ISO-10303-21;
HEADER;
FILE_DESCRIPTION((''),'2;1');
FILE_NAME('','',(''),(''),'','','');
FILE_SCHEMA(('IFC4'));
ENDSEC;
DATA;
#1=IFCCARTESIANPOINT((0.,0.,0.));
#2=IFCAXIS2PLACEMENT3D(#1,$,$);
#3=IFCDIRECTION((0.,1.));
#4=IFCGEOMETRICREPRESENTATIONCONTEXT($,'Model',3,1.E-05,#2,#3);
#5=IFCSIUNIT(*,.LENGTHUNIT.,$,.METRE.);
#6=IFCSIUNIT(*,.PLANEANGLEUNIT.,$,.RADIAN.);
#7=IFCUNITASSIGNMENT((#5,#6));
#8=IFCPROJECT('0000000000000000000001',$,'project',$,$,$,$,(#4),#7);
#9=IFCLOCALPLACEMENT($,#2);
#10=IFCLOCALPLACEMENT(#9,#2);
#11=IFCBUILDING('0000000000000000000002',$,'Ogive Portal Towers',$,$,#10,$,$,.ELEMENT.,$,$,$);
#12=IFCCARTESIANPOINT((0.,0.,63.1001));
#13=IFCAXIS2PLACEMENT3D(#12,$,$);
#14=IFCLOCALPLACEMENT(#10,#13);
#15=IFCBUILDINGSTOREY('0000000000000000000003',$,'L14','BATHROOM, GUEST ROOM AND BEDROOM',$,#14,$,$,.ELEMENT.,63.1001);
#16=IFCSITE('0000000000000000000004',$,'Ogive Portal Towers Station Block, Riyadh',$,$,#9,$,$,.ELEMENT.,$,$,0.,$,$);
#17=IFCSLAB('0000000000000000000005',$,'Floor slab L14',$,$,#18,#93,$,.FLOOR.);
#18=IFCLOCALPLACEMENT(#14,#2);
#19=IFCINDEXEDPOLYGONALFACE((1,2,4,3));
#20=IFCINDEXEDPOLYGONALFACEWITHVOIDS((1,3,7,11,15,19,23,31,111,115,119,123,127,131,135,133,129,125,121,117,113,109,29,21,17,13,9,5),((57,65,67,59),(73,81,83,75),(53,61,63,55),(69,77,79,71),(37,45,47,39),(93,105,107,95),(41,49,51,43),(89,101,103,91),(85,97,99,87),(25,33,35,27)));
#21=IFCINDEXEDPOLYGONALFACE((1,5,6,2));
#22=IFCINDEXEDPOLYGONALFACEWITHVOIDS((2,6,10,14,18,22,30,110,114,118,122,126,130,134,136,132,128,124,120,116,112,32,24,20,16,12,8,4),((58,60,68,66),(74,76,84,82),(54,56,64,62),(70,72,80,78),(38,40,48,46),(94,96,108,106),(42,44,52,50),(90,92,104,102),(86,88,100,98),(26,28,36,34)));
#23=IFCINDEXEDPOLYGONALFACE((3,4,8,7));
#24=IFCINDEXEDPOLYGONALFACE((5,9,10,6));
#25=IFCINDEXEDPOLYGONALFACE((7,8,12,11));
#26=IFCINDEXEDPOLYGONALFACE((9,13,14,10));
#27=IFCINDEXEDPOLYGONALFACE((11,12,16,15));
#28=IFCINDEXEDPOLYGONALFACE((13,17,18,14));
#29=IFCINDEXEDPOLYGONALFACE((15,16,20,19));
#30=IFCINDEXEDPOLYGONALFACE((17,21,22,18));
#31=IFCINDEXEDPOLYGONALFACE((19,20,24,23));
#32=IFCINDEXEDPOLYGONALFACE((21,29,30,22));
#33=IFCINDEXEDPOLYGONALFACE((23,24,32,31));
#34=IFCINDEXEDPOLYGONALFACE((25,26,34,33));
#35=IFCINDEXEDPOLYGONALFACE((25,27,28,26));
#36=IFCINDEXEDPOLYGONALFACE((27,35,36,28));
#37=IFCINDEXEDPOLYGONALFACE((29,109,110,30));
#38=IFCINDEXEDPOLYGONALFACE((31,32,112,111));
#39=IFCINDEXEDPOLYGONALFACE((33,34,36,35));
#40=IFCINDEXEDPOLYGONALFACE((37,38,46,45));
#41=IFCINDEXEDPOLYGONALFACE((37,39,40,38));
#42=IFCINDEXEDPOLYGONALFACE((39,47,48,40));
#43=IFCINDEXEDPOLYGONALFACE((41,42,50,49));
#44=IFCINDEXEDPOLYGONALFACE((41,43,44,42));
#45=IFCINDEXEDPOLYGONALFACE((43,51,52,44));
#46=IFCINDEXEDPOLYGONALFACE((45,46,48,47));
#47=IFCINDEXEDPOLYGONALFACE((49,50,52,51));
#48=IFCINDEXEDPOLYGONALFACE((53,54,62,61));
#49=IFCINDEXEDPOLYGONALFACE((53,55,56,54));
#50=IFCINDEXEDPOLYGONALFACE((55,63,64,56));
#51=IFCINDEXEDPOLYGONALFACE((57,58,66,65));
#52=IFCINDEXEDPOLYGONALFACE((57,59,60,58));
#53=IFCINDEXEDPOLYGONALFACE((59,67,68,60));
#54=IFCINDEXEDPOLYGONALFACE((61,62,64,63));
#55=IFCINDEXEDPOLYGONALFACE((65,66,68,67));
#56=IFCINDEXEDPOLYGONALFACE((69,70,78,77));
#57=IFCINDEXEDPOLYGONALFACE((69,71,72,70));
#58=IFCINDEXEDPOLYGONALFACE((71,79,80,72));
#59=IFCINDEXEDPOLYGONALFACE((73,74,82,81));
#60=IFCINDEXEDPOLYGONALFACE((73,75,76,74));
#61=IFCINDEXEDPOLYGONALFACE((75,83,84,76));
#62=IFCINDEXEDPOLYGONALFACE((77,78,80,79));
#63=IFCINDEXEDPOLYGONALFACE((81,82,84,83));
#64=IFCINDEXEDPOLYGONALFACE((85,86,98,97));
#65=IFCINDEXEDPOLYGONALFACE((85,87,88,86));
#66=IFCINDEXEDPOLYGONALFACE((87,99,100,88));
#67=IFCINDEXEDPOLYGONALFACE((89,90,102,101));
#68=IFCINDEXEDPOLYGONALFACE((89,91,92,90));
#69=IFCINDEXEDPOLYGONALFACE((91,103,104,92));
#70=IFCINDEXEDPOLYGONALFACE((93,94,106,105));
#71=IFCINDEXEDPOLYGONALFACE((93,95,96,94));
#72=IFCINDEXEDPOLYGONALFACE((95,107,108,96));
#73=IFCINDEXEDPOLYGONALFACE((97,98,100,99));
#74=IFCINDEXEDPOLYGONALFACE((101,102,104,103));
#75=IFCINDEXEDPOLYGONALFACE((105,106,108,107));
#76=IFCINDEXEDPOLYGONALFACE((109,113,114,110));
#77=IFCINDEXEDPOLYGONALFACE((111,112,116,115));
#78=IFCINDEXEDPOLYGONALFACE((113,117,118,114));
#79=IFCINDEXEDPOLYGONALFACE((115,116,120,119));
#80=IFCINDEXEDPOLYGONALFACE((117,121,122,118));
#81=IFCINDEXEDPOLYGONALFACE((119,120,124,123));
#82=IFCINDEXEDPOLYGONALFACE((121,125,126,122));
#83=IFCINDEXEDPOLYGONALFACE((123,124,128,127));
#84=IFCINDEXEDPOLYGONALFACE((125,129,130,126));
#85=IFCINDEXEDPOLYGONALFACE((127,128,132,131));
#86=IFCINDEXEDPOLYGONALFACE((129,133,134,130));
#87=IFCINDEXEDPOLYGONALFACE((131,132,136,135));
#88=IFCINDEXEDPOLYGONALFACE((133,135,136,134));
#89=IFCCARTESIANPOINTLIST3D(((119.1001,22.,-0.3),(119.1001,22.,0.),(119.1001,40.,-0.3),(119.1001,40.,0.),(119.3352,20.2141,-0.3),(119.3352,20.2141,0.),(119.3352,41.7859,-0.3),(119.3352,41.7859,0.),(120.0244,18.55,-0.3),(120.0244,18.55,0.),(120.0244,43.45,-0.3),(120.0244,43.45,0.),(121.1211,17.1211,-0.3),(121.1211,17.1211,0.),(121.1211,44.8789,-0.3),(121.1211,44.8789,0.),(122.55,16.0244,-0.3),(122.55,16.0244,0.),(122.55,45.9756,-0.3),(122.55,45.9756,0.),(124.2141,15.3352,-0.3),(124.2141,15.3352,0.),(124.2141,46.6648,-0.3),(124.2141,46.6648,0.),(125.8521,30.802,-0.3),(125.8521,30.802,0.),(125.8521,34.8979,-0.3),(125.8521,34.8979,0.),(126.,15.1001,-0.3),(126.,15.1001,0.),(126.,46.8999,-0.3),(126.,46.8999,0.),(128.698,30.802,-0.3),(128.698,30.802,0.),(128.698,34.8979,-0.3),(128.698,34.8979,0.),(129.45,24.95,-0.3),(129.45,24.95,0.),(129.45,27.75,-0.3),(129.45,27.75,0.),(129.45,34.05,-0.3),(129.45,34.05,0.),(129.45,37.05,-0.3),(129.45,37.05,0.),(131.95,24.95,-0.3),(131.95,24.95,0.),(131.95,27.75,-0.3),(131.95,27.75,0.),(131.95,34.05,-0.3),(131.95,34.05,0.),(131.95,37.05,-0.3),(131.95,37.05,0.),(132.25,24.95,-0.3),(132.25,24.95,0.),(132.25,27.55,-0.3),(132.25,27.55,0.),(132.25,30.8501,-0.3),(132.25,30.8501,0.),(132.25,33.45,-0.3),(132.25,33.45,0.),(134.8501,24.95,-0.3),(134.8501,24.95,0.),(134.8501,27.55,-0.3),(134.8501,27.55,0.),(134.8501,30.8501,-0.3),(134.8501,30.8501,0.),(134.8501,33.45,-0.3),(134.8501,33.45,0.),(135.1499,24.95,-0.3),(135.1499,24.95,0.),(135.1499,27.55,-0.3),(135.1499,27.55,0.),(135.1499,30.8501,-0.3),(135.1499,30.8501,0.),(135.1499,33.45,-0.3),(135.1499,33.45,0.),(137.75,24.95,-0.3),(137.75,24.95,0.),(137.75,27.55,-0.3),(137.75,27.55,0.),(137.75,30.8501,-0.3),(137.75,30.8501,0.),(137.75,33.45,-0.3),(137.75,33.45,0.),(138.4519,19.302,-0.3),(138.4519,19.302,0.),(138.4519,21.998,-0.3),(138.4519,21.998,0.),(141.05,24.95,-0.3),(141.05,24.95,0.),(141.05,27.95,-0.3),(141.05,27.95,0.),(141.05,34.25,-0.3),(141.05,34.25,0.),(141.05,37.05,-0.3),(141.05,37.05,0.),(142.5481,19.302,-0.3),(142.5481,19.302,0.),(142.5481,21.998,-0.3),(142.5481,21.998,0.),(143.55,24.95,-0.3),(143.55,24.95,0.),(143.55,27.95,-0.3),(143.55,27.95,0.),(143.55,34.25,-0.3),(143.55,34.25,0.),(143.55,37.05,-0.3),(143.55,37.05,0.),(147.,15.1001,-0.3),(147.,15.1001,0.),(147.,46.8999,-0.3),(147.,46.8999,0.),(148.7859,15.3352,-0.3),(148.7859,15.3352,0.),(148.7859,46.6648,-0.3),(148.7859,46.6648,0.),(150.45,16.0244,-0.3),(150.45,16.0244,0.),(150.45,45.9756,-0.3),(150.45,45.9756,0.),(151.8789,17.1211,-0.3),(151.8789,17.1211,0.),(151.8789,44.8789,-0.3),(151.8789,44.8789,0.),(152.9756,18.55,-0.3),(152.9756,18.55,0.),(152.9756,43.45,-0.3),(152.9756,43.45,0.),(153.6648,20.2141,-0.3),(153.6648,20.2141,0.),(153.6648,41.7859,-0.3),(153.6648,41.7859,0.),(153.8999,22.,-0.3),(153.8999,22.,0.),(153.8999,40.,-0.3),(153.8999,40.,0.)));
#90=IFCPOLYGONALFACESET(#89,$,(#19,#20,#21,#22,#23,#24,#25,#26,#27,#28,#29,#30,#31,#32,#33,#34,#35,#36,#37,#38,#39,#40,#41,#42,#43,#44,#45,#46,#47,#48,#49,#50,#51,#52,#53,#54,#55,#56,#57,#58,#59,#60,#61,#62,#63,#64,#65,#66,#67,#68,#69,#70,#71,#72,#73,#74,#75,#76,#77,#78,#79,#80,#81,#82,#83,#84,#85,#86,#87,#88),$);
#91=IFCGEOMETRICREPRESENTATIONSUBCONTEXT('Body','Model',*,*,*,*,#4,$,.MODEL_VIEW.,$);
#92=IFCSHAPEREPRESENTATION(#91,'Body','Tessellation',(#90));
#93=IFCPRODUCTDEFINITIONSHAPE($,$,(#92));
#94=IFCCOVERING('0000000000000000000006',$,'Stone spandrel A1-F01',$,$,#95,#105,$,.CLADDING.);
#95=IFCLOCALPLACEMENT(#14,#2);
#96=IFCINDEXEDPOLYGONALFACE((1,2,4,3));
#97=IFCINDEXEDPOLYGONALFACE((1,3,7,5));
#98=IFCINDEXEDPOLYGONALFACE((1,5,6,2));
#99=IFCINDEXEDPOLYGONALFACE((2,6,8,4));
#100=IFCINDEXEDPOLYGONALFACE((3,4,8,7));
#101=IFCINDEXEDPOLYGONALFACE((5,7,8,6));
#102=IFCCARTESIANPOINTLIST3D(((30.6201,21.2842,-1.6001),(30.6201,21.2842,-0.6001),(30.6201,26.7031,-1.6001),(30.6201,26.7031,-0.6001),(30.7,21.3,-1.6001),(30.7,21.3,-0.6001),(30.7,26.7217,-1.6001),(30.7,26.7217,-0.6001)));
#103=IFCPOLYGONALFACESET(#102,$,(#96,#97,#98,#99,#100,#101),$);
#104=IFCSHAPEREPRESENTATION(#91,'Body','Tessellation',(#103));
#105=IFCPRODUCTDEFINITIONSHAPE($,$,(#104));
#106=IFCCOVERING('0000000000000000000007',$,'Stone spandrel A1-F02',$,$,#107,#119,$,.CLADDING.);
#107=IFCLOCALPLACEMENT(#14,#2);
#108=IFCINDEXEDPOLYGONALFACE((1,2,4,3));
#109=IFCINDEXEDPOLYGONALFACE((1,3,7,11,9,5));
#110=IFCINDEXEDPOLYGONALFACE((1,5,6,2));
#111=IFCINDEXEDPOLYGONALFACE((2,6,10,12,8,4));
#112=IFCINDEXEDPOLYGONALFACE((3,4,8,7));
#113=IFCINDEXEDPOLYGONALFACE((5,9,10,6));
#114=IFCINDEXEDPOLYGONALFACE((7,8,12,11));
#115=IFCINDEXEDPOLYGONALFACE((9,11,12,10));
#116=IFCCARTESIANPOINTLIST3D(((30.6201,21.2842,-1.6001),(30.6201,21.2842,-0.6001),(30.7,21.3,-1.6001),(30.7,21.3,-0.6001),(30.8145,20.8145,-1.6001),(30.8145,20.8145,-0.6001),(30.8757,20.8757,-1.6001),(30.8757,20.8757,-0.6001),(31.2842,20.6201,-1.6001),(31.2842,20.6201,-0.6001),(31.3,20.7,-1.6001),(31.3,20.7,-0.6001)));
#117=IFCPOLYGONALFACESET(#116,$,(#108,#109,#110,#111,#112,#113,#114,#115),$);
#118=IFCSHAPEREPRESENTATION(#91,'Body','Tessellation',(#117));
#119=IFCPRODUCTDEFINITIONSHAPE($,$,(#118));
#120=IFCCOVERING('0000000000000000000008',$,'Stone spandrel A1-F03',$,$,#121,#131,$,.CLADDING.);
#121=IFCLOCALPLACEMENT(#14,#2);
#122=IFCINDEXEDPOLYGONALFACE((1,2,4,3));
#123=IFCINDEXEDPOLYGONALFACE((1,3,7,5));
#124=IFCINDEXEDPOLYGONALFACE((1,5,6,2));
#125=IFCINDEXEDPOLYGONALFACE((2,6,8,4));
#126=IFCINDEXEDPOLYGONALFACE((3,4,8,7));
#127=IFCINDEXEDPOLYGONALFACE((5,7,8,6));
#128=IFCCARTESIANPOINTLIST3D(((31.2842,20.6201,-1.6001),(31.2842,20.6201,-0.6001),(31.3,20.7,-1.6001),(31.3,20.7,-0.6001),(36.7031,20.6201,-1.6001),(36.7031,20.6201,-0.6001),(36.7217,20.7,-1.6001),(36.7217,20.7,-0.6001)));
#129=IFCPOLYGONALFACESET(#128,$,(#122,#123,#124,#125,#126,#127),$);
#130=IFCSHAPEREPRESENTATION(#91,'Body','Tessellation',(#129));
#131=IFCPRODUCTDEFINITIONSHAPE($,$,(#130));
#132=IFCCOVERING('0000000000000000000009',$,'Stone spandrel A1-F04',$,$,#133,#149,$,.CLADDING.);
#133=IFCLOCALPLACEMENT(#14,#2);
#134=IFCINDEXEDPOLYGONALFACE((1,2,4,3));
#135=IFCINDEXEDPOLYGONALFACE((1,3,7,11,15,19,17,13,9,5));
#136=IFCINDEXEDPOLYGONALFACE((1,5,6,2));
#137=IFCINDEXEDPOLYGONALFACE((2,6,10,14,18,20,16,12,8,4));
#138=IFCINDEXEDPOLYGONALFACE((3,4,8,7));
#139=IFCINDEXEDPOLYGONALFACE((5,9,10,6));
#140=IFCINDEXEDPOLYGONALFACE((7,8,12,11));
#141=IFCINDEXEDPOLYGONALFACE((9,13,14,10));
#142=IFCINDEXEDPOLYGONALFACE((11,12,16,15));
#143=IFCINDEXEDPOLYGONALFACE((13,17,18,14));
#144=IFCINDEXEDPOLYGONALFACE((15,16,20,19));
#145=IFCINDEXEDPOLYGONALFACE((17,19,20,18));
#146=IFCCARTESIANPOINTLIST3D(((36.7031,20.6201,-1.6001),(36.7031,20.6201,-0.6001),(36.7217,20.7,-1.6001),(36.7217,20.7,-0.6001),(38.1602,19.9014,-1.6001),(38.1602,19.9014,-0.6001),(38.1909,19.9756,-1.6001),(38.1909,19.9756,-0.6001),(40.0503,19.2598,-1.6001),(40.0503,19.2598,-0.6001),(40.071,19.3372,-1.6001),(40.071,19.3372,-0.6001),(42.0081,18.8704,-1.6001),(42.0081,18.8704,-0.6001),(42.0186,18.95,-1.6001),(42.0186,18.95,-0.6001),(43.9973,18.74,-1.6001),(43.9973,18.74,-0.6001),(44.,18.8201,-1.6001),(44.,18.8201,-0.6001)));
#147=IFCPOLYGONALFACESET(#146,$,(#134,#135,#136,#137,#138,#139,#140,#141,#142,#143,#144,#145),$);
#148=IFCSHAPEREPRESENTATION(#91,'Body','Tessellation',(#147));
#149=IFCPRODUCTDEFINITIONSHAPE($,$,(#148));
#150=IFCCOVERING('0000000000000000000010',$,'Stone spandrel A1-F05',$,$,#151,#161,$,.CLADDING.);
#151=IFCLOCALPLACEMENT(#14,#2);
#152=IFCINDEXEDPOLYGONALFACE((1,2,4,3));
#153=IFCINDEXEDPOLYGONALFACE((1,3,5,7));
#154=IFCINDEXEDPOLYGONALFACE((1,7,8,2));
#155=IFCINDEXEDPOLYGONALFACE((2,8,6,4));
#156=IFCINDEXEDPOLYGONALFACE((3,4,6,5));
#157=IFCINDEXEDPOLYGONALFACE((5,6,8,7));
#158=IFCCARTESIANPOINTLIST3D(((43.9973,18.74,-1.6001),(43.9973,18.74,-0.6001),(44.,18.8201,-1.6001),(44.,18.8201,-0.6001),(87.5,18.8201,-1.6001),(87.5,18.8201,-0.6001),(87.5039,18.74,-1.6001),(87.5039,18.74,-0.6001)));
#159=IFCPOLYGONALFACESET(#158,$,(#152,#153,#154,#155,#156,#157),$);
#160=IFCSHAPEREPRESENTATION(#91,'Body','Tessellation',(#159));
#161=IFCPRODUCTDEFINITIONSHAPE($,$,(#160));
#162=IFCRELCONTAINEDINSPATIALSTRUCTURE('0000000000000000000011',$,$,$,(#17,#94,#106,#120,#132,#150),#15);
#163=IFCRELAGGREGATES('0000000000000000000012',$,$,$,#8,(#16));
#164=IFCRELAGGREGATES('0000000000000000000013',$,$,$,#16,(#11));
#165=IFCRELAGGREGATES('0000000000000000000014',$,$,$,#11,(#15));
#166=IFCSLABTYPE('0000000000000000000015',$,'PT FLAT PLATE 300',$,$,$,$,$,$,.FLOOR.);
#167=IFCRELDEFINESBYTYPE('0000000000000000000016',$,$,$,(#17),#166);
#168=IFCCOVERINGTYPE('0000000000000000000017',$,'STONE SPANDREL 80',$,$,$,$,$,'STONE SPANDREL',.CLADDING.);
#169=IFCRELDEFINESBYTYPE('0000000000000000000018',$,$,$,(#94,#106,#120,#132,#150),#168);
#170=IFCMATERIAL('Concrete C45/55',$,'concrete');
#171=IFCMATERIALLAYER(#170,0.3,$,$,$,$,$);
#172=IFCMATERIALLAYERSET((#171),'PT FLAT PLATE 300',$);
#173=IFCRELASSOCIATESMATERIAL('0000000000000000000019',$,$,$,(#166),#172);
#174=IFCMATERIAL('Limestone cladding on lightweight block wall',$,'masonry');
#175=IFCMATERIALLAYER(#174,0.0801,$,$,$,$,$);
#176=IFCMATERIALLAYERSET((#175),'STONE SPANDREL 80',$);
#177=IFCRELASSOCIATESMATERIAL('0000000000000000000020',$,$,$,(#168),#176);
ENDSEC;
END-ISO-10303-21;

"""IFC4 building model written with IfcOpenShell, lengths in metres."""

from ifc_helpers import new_model, si_unit, direction, frame, origin, place, context, subcontext, project, spatial, polyline, outline, extrude, material, layer, layer_set, type_object, element, save


model = new_model("IFC4")

# Units and contexts
model_context = context("Model", 3, precision=1e-05, world=origin(), true_north=direction((0.0, 1.0)))
body_context = subcontext(model_context, "Body", "Model", "MODEL_VIEW")
ifc_project = project(units=[si_unit("LENGTHUNIT", "METRE"), si_unit("PLANEANGLEUNIT", "RADIAN")], contexts=[model_context])

# Site, building, storey
site_placement = place(None, origin())
site = spatial("IfcSite", under=ifc_project, at=site_placement, Name="Ogive Portal Towers Station Block, Riyadh", CompositionType="ELEMENT", RefElevation=0.0)
building_placement = place(site_placement, origin())
building = spatial("IfcBuilding", under=site, at=building_placement, Name="Ogive Portal Towers", CompositionType="ELEMENT")
storey_placement = place(building_placement, frame((0.0, 0.0, 63.1001)))
storey = spatial("IfcBuildingStorey", under=building, at=storey_placement, Name="L14", Description="BATHROOM, GUEST ROOM AND BEDROOM", CompositionType="ELEMENT", Elevation=63.1001)

# Slab
ifc_material_1 = material(Name="Concrete C45/55", Category="concrete")
ifc_layer_1 = layer(ifc_material_1, 0.3)
ifc_layer_set_1 = layer_set([ifc_layer_1], Name="PT FLAT PLATE 300")
slab_type = type_object("IfcSlabType", Name="PT FLAT PLATE 300", PredefinedType="FLOOR", material=ifc_layer_set_1)
slab_1_placement = place(storey_placement, frame((0.0, 0.0, -0.3)))
element("IfcSlab", 1, at=slab_1_placement, inside=storey, type_object=slab_type, Name="Floor slab L14", PredefinedType="FLOOR", context=body_context, shape_type="SweptSolid", body=[
    extrude(outline(polyline([(119.1001, 40.0), (119.1001, 22.0), (119.3352, 20.2141), (120.0244, 18.55), (121.1211, 17.1211), (122.55, 16.0244), (124.2141, 15.3352), (126.0, 15.1001), (147.0, 15.1001), (148.7859, 15.3352), (150.45, 16.0244), (151.8789, 17.1211), (152.9756, 18.55), (153.6648, 20.2141), (153.8999, 22.0), (153.8999, 40.0), (153.6648, 41.7859), (152.9756, 43.45), (151.8789, 44.8789), (150.45, 45.9756), (148.7859, 46.6648), (147.0, 46.8999), (126.0, 46.8999), (124.2141, 46.6648), (122.55, 45.9756), (121.1211, 44.8789), (120.0244, 43.45), (119.3352, 41.7859), (119.1001, 40.0)]), holes=[polyline([(131.95, 27.75), (131.95, 24.95), (129.45, 24.95), (129.45, 27.75), (131.95, 27.75)]), polyline([(128.698, 34.8979), (128.698, 30.802), (125.8521, 30.802), (125.8521, 34.8979), (128.698, 34.8979)]), polyline([(131.95, 37.05), (131.95, 34.05), (129.45, 34.05), (129.45, 37.05), (131.95, 37.05)]), polyline([(138.4519, 21.998), (142.5481, 21.998), (142.5481, 19.302), (138.4519, 19.302), (138.4519, 21.998)]), polyline([(134.8501, 27.55), (134.8501, 24.95), (132.25, 24.95), (132.25, 27.55), (134.8501, 27.55)]), polyline([(137.75, 27.55), (137.75, 24.95), (135.1499, 24.95), (135.1499, 27.55), (137.75, 27.55)]), polyline([(143.55, 27.95), (143.55, 24.95), (141.05, 24.95), (141.05, 27.95), (143.55, 27.95)]), polyline([(134.8501, 33.45), (134.8501, 30.8501), (132.25, 30.8501), (132.25, 33.45), (134.8501, 33.45)]), polyline([(137.75, 33.45), (137.75, 30.8501), (135.1499, 30.8501), (135.1499, 33.45), (137.75, 33.45)]), polyline([(141.05, 37.05), (143.55, 37.05), (143.55, 34.25), (141.05, 34.25), (141.05, 37.05)])]), origin(), (0.0, 0.0, 1.0), 0.3),
])

# Coverings
ifc_material_2 = material(Name="Limestone cladding on lightweight block wall", Category="masonry")
ifc_layer_2 = layer(ifc_material_2, 0.0801)
ifc_layer_set_2 = layer_set([ifc_layer_2], Name="STONE SPANDREL 80")
covering_type_1 = type_object("IfcCoveringType", Name="STONE SPANDREL 80", ElementType="STONE SPANDREL", PredefinedType="CLADDING", material=ifc_layer_set_2)
covering_1_placement = place(storey_placement, frame((0.0, 0.0, -1.6001)))
element("IfcCovering", 2, at=covering_1_placement, inside=storey, type_object=covering_type_1, Name="Stone spandrel A1-F01", PredefinedType="CLADDING", context=body_context, shape_type="SweptSolid", body=[
    extrude(outline(polyline([(30.7, 26.7217), (30.7, 21.3), (30.6201, 21.2842), (30.6201, 26.7031), (30.7, 26.7217)])), origin(), (0.0, 0.0, 1.0), 1.0),
])
covering_2_placement = place(storey_placement, frame((0.0, 0.0, -1.6001)))
element("IfcCovering", 3, at=covering_2_placement, inside=storey, type_object=covering_type_1, Name="Stone spandrel A1-F02", PredefinedType="CLADDING", context=body_context, shape_type="SweptSolid", body=[
    extrude(outline(polyline([(30.7, 21.3), (30.8757, 20.8757), (31.3, 20.7), (31.2842, 20.6201), (30.8145, 20.8145), (30.6201, 21.2842), (30.7, 21.3)])), origin(), (0.0, 0.0, 1.0), 1.0),
])
covering_3_placement = place(storey_placement, frame((0.0, 0.0, -1.6001)))
element("IfcCovering", 4, at=covering_3_placement, inside=storey, type_object=covering_type_1, Name="Stone spandrel A1-F03", PredefinedType="CLADDING", context=body_context, shape_type="SweptSolid", body=[
    extrude(outline(polyline([(31.3, 20.7), (36.7217, 20.7), (36.7031, 20.6201), (31.2842, 20.6201), (31.3, 20.7)])), origin(), (0.0, 0.0, 1.0), 1.0),
])
covering_4_placement = place(storey_placement, frame((0.0, 0.0, -1.6001)))
element("IfcCovering", 5, at=covering_4_placement, inside=storey, type_object=covering_type_1, Name="Stone spandrel A1-F04", PredefinedType="CLADDING", context=body_context, shape_type="SweptSolid", body=[
    extrude(outline(polyline([(36.7217, 20.7), (38.1909, 19.9756), (40.071, 19.3372), (42.0186, 18.95), (44.0, 18.8201), (43.9973, 18.74), (42.0081, 18.8704), (40.0503, 19.2598), (38.1602, 19.9014), (36.7031, 20.6201), (36.7217, 20.7)])), origin(), (0.0, 0.0, 1.0), 1.0),
])
covering_5_placement = place(storey_placement, frame((0.0, 0.0, -1.6001)))
element("IfcCovering", 6, at=covering_5_placement, inside=storey, type_object=covering_type_1, Name="Stone spandrel A1-F05", PredefinedType="CLADDING", context=body_context, shape_type="SweptSolid", body=[
    extrude(outline(polyline([(44.0, 18.8201), (87.5, 18.8201), (87.5039, 18.74), (43.9973, 18.74), (44.0, 18.8201)])), origin(), (0.0, 0.0, 1.0), 1.0),
])

save(model, "model.ifc")
